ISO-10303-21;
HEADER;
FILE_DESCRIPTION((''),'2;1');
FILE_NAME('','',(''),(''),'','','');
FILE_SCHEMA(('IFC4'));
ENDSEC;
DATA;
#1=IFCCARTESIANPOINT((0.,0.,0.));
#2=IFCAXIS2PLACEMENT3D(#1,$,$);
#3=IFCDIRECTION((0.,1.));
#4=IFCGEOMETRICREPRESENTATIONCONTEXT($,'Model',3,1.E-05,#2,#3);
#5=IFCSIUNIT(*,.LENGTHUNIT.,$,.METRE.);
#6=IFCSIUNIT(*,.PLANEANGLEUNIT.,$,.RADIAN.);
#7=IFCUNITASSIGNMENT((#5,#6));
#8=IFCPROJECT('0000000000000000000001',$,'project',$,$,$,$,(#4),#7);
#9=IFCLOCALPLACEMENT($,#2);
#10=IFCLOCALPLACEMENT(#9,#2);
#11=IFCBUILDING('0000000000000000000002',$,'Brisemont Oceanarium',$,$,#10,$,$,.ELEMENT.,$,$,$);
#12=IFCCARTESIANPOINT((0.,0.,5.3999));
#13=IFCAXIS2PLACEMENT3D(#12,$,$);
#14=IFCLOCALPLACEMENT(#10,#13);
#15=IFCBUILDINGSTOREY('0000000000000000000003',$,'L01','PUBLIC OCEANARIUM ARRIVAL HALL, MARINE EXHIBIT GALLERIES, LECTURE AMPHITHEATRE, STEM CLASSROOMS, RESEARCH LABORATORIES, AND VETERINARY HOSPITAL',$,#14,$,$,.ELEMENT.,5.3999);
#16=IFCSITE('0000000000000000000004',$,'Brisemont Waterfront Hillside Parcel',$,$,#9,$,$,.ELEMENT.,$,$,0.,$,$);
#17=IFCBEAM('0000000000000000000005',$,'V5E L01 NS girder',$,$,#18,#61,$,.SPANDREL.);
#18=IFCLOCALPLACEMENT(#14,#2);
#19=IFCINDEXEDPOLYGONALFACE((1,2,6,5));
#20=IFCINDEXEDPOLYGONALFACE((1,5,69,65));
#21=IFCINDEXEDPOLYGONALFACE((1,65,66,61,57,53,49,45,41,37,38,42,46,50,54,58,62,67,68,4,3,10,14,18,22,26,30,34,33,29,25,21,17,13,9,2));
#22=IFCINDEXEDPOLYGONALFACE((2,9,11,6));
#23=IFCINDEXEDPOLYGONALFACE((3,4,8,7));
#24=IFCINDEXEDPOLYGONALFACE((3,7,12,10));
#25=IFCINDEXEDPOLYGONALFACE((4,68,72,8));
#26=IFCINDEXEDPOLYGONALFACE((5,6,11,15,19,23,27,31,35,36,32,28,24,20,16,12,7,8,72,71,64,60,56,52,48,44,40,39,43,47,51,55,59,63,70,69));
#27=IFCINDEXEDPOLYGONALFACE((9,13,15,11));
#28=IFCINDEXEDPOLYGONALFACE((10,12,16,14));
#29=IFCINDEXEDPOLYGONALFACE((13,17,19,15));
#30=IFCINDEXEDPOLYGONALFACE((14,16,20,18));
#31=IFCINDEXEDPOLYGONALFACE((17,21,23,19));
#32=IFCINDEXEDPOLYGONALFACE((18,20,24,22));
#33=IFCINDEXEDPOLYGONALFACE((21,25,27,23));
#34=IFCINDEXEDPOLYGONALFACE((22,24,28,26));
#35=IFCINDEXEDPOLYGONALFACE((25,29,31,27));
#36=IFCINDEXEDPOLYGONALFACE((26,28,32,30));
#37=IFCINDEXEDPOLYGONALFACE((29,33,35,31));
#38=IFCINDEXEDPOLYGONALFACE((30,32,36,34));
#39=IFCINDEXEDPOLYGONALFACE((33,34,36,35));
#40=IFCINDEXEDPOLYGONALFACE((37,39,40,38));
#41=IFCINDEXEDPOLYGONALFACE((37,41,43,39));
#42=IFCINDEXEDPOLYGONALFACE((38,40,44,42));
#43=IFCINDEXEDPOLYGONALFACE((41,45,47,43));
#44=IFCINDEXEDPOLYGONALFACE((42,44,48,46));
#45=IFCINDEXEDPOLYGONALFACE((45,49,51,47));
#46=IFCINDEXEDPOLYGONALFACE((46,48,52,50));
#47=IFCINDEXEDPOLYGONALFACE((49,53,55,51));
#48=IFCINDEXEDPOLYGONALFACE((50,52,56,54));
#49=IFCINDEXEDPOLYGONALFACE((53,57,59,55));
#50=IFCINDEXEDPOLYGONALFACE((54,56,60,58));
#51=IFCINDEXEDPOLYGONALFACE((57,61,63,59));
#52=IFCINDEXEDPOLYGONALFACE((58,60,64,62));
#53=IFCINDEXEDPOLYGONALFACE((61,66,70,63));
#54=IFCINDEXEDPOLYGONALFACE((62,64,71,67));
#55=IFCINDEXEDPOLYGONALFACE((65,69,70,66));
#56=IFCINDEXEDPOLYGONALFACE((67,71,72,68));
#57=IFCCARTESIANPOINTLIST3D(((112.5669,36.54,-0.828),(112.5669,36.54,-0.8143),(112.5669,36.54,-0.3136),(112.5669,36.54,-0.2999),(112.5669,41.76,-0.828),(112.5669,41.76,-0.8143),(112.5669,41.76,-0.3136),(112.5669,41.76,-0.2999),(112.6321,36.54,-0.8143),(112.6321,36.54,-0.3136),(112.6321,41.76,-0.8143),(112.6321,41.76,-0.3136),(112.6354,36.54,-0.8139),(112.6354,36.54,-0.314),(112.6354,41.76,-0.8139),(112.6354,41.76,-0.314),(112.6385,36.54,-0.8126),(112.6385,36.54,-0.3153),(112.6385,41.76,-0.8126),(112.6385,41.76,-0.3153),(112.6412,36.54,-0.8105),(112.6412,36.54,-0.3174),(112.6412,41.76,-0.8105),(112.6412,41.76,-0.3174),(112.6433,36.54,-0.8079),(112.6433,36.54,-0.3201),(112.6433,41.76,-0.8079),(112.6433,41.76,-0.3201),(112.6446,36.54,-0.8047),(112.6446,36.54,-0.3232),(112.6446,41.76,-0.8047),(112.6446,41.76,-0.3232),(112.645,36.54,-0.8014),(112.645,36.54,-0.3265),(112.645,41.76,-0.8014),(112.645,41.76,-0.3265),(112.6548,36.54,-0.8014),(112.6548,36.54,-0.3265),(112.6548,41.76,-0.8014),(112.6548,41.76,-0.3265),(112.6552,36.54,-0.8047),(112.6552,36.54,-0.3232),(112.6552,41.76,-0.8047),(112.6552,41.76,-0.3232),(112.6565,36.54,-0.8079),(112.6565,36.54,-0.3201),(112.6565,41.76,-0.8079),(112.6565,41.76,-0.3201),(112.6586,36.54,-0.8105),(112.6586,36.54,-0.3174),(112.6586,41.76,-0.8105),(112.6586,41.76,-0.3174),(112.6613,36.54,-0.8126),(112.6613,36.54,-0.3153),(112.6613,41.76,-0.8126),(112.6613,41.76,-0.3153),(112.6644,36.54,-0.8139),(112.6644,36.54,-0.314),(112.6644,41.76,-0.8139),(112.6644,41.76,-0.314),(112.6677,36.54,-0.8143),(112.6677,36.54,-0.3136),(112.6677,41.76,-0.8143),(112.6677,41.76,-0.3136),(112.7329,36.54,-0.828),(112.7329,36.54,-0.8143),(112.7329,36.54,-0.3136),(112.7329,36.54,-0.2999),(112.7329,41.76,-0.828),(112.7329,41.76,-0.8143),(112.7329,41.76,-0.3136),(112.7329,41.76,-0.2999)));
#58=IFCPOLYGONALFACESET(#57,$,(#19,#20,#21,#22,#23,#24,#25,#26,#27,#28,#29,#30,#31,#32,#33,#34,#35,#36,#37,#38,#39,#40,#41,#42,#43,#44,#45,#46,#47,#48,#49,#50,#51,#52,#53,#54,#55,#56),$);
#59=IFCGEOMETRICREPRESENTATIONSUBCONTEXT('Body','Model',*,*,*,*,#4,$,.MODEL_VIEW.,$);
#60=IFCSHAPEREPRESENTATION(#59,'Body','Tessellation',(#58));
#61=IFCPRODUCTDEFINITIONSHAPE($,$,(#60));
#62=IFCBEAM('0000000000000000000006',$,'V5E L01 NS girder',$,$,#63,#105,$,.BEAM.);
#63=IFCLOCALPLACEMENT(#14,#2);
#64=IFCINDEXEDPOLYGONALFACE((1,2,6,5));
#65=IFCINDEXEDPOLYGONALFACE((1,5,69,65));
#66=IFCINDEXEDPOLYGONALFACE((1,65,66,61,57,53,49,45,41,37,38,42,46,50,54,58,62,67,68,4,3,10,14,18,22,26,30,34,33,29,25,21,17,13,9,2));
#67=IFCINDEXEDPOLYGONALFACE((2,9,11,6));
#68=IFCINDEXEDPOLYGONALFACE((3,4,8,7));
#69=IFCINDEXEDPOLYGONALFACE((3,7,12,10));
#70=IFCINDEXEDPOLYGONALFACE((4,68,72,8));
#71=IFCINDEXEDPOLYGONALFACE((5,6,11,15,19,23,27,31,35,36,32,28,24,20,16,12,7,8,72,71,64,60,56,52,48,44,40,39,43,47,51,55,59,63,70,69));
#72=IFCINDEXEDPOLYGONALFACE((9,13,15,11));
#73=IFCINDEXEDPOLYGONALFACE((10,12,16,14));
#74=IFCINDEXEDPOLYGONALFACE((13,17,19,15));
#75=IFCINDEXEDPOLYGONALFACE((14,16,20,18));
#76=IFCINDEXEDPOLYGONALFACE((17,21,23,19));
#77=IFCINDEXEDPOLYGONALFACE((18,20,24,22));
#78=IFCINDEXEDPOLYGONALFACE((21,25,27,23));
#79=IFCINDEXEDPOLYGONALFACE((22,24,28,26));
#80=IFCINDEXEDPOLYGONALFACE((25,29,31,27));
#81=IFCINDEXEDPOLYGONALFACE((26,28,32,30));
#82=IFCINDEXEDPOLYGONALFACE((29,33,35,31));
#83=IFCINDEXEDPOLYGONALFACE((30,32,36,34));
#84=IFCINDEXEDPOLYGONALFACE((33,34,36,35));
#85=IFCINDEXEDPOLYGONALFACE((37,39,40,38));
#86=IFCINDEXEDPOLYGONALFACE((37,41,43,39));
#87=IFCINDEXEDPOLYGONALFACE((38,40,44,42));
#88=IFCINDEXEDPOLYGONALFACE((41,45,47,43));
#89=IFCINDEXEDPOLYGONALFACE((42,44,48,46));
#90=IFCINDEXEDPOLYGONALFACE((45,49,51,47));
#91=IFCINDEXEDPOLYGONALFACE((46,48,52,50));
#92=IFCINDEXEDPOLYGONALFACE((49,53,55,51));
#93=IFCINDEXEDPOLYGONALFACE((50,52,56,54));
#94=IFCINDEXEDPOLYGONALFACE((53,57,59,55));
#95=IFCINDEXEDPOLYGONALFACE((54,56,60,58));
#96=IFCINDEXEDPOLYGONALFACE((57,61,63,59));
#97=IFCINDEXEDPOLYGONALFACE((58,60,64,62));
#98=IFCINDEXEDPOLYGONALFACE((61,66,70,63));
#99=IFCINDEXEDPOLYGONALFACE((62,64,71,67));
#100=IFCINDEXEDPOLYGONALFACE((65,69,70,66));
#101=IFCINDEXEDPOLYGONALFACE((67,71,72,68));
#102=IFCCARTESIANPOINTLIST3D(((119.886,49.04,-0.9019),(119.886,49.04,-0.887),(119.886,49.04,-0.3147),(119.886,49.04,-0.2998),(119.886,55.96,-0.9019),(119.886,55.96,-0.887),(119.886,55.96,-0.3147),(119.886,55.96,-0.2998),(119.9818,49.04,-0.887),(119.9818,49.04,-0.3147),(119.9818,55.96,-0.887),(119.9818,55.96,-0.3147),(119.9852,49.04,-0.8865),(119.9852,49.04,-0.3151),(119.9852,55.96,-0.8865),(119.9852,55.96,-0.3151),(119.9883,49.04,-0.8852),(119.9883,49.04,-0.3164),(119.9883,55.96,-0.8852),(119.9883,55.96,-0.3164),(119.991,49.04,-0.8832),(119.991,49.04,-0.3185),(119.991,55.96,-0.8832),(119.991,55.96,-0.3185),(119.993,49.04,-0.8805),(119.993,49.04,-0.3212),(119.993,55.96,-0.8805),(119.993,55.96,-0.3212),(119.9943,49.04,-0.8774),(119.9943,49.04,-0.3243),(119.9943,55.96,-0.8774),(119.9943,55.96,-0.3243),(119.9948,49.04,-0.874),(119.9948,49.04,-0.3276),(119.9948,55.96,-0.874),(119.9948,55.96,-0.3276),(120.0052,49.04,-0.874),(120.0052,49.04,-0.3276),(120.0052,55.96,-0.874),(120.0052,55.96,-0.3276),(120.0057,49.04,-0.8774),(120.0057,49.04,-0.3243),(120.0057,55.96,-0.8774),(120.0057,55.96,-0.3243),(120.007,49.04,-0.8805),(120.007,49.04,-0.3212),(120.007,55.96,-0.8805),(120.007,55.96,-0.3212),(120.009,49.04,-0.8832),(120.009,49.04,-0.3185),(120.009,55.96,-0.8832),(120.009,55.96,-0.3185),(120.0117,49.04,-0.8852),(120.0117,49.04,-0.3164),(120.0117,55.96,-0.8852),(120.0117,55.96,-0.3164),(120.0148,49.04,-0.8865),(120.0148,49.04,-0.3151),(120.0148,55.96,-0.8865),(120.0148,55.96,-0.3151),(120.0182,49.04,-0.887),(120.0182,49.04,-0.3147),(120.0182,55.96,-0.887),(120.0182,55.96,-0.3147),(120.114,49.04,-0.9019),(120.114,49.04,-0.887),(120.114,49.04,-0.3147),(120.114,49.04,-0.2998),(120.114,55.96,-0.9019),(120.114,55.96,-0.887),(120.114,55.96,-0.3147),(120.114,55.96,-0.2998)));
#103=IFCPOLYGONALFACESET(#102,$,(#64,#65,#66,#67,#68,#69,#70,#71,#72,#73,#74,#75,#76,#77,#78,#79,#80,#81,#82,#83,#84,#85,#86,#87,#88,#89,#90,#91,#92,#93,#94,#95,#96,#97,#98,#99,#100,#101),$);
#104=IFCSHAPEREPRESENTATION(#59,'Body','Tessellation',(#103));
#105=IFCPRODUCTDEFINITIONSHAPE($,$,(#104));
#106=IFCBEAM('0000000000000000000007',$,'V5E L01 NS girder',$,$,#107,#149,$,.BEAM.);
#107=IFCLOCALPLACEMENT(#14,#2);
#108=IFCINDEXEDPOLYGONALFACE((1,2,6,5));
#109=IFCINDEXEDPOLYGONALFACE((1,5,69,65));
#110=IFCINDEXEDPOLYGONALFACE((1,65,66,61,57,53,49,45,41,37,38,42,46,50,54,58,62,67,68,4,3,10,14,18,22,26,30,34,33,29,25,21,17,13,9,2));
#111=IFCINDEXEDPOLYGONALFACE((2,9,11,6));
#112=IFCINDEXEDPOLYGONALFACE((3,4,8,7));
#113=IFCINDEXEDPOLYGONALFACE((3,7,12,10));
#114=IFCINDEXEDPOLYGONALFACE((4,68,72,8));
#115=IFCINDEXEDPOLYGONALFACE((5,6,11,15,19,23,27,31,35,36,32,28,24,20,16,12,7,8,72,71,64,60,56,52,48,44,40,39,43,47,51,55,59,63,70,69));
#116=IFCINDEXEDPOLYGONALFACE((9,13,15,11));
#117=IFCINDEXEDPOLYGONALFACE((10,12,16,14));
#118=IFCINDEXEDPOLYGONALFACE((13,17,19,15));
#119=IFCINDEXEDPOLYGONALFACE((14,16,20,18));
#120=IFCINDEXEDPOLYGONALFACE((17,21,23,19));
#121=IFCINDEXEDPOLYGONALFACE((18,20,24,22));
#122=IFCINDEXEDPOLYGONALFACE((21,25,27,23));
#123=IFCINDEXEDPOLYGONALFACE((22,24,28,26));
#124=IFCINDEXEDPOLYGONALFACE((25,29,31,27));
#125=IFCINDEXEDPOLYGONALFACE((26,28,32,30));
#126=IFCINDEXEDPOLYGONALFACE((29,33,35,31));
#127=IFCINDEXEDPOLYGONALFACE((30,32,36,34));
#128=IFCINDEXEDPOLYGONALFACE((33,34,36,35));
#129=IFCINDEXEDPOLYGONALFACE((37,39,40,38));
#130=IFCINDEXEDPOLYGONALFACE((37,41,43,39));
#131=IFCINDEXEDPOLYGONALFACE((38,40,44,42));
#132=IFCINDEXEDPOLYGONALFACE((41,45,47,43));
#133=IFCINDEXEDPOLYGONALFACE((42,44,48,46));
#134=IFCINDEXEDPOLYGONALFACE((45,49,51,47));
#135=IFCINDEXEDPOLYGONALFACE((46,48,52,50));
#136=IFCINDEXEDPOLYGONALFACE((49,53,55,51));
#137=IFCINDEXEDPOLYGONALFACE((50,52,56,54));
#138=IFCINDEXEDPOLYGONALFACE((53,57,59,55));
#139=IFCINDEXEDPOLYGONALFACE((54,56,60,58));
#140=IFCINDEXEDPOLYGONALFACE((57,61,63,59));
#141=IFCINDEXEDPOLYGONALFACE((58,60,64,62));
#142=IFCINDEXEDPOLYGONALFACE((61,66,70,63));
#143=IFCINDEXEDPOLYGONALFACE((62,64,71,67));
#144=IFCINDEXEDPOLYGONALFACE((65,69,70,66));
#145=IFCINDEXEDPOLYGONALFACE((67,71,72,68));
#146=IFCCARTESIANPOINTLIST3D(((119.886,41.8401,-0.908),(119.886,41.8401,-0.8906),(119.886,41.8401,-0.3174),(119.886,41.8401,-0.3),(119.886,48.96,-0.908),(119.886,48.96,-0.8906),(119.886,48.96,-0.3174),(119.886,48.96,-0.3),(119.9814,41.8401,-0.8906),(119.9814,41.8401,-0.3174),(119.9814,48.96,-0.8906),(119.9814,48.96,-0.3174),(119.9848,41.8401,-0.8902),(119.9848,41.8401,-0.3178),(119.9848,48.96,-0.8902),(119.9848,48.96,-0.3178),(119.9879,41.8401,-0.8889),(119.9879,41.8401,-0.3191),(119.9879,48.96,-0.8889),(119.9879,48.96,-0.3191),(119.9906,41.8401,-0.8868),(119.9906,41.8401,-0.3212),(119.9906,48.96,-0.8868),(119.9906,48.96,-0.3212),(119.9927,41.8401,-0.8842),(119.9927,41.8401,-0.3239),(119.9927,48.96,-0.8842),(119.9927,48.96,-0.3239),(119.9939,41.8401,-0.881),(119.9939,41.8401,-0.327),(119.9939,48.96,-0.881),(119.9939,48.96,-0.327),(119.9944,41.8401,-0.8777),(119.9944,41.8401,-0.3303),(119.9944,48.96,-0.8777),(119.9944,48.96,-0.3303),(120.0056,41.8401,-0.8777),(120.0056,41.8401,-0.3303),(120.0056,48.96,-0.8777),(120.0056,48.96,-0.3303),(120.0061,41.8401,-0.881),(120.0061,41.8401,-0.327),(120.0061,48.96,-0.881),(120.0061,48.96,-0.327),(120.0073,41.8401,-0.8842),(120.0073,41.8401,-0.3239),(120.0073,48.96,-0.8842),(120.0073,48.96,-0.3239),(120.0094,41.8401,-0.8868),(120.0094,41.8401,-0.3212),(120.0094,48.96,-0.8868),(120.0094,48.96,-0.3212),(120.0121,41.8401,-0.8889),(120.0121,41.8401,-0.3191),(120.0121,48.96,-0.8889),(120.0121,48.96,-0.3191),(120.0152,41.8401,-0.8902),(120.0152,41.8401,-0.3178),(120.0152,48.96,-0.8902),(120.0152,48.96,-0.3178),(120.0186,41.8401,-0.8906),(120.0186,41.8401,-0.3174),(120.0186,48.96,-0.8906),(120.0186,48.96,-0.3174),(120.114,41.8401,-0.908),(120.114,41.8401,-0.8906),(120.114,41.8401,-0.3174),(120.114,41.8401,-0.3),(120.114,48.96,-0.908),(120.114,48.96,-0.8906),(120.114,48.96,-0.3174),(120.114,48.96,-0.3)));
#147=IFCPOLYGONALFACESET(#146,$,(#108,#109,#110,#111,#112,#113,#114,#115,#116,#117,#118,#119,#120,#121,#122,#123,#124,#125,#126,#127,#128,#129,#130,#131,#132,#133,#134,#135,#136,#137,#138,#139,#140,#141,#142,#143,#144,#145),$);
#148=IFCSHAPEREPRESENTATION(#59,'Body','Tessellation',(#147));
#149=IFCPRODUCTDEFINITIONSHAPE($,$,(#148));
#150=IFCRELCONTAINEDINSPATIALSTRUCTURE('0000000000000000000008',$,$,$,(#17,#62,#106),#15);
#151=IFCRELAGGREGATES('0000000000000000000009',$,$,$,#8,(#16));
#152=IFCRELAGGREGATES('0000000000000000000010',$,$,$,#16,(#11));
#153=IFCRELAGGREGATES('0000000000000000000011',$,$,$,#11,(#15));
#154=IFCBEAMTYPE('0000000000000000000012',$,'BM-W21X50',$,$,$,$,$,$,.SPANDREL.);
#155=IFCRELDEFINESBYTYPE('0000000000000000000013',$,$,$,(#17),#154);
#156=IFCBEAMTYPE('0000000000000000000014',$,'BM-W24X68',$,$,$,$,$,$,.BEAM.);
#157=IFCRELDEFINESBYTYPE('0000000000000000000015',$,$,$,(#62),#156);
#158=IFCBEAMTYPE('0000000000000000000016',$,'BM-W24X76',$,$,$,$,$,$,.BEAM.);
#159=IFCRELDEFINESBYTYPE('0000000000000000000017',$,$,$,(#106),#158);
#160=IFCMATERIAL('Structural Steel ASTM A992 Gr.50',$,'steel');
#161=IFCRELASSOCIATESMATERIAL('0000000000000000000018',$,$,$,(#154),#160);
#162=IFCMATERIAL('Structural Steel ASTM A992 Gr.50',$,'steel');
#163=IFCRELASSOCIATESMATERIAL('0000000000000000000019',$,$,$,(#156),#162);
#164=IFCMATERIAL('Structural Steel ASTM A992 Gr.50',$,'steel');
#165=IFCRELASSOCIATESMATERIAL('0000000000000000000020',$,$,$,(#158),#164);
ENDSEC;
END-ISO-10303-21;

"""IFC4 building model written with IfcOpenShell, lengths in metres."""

from ifc_helpers import new_model, si_unit, direction, frame, origin, origin_2d, place, context, subcontext, project, spatial, i_section, extrude, material, material_profile, profile_set, type_object, element, save


model = new_model("IFC4")

# Units and contexts
model_context = context("Model", 3, precision=1e-05, world=origin(), true_north=direction((0.0, 1.0)))
body_context = subcontext(model_context, "Body", "Model", "MODEL_VIEW")
ifc_project = project(units=[si_unit("LENGTHUNIT", "METRE"), si_unit("PLANEANGLEUNIT", "RADIAN")], contexts=[model_context])

# Site, building, storey
site_placement = place(None, origin())
site = spatial("IfcSite", under=ifc_project, at=site_placement, Name="Brisemont Waterfront Hillside Parcel", CompositionType="ELEMENT", RefElevation=0.0)
building_placement = place(site_placement, origin())
building = spatial("IfcBuilding", under=site, at=building_placement, Name="Brisemont Oceanarium", CompositionType="ELEMENT")
storey_placement = place(building_placement, frame((0.0, 0.0, 5.3999)))
storey = spatial("IfcBuildingStorey", under=building, at=storey_placement, Name="L01", Description="PUBLIC OCEANARIUM ARRIVAL HALL, MARINE EXHIBIT GALLERIES, LECTURE AMPHITHEATRE, STEM CLASSROOMS, RESEARCH LABORATORIES, AND VETERINARY HOSPITAL", CompositionType="ELEMENT", Elevation=5.3999)

# Beams
ifc_material_1 = material(Name="Structural Steel ASTM A992 Gr.50", Category="steel")
ifc_material_profile_1 = material_profile(ifc_material_1, i_section(OverallWidth=0.166, OverallDepth=0.5281, WebThickness=0.0098, FlangeThickness=0.0137, FilletRadius=0.0129, at=origin_2d()), Name="W21X50")
ifc_profile_set_1 = profile_set([ifc_material_profile_1], Name="Structural Steel ASTM A992 Gr.50")
beam_type_1 = type_object("IfcBeamType", Name="BM-W21X50", PredefinedType="SPANDREL", material=ifc_profile_set_1)
beam_1_placement = place(storey_placement, frame((112.6499, 36.54, -0.564), z_axis=(0.0, 1.0, 0.0), x_axis=(-1.0, 0.0, 0.0)))
element("IfcBeam", 1, at=beam_1_placement, inside=storey, type_object=beam_type_1, Name="V5E L01 NS girder", PredefinedType="SPANDREL", context=body_context, shape_type="SweptSolid", body=[
    extrude(i_section(OverallWidth=0.166, OverallDepth=0.5281, WebThickness=0.0098, FlangeThickness=0.0137, FilletRadius=0.0129, at=origin_2d()), origin(), (0.0, 0.0, 1.0), 5.22),
])
ifc_material_2 = material(Name="Structural Steel ASTM A992 Gr.50", Category="steel")
ifc_material_profile_2 = material_profile(ifc_material_2, i_section(OverallWidth=0.228, OverallDepth=0.6021, WebThickness=0.0105, FlangeThickness=0.0149, FilletRadius=0.0129, at=origin_2d()), Name="W24X68")
ifc_profile_set_2 = profile_set([ifc_material_profile_2], Name="Structural Steel ASTM A992 Gr.50")
beam_type_2 = type_object("IfcBeamType", Name="BM-W24X68", PredefinedType="BEAM", material=ifc_profile_set_2)
beam_2_placement = place(storey_placement, frame((120.0, 49.04, -0.6008), z_axis=(0.0, 1.0, 0.0), x_axis=(-1.0, 0.0, 0.0)))
element("IfcBeam", 2, at=beam_2_placement, inside=storey, type_object=beam_type_2, Name="V5E L01 NS girder", PredefinedType="BEAM", context=body_context, shape_type="SweptSolid", body=[
    extrude(i_section(OverallWidth=0.228, OverallDepth=0.6021, WebThickness=0.0105, FlangeThickness=0.0149, FilletRadius=0.0129, at=origin_2d()), origin(), (0.0, 0.0, 1.0), 6.9199),
])
ifc_material_3 = material(Name="Structural Steel ASTM A992 Gr.50", Category="steel")
ifc_material_profile_3 = material_profile(ifc_material_3, i_section(OverallWidth=0.228, OverallDepth=0.6079, WebThickness=0.0112, FlangeThickness=0.0173, FilletRadius=0.0129, at=origin_2d()), Name="W24X76")
ifc_profile_set_3 = profile_set([ifc_material_profile_3], Name="Structural Steel ASTM A992 Gr.50")
beam_type_3 = type_object("IfcBeamType", Name="BM-W24X76", PredefinedType="BEAM", material=ifc_profile_set_3)
beam_3_placement = place(storey_placement, frame((120.0, 41.8401, -0.604), z_axis=(0.0, 1.0, 0.0), x_axis=(-1.0, 0.0, 0.0)))
element("IfcBeam", 3, at=beam_3_placement, inside=storey, type_object=beam_type_3, Name="V5E L01 NS girder", PredefinedType="BEAM", context=body_context, shape_type="SweptSolid", body=[
    extrude(i_section(OverallWidth=0.228, OverallDepth=0.6079, WebThickness=0.0112, FlangeThickness=0.0173, FilletRadius=0.0129, at=origin_2d()), origin(), (0.0, 0.0, 1.0), 7.1199),
])

save(model, "model.ifc")
